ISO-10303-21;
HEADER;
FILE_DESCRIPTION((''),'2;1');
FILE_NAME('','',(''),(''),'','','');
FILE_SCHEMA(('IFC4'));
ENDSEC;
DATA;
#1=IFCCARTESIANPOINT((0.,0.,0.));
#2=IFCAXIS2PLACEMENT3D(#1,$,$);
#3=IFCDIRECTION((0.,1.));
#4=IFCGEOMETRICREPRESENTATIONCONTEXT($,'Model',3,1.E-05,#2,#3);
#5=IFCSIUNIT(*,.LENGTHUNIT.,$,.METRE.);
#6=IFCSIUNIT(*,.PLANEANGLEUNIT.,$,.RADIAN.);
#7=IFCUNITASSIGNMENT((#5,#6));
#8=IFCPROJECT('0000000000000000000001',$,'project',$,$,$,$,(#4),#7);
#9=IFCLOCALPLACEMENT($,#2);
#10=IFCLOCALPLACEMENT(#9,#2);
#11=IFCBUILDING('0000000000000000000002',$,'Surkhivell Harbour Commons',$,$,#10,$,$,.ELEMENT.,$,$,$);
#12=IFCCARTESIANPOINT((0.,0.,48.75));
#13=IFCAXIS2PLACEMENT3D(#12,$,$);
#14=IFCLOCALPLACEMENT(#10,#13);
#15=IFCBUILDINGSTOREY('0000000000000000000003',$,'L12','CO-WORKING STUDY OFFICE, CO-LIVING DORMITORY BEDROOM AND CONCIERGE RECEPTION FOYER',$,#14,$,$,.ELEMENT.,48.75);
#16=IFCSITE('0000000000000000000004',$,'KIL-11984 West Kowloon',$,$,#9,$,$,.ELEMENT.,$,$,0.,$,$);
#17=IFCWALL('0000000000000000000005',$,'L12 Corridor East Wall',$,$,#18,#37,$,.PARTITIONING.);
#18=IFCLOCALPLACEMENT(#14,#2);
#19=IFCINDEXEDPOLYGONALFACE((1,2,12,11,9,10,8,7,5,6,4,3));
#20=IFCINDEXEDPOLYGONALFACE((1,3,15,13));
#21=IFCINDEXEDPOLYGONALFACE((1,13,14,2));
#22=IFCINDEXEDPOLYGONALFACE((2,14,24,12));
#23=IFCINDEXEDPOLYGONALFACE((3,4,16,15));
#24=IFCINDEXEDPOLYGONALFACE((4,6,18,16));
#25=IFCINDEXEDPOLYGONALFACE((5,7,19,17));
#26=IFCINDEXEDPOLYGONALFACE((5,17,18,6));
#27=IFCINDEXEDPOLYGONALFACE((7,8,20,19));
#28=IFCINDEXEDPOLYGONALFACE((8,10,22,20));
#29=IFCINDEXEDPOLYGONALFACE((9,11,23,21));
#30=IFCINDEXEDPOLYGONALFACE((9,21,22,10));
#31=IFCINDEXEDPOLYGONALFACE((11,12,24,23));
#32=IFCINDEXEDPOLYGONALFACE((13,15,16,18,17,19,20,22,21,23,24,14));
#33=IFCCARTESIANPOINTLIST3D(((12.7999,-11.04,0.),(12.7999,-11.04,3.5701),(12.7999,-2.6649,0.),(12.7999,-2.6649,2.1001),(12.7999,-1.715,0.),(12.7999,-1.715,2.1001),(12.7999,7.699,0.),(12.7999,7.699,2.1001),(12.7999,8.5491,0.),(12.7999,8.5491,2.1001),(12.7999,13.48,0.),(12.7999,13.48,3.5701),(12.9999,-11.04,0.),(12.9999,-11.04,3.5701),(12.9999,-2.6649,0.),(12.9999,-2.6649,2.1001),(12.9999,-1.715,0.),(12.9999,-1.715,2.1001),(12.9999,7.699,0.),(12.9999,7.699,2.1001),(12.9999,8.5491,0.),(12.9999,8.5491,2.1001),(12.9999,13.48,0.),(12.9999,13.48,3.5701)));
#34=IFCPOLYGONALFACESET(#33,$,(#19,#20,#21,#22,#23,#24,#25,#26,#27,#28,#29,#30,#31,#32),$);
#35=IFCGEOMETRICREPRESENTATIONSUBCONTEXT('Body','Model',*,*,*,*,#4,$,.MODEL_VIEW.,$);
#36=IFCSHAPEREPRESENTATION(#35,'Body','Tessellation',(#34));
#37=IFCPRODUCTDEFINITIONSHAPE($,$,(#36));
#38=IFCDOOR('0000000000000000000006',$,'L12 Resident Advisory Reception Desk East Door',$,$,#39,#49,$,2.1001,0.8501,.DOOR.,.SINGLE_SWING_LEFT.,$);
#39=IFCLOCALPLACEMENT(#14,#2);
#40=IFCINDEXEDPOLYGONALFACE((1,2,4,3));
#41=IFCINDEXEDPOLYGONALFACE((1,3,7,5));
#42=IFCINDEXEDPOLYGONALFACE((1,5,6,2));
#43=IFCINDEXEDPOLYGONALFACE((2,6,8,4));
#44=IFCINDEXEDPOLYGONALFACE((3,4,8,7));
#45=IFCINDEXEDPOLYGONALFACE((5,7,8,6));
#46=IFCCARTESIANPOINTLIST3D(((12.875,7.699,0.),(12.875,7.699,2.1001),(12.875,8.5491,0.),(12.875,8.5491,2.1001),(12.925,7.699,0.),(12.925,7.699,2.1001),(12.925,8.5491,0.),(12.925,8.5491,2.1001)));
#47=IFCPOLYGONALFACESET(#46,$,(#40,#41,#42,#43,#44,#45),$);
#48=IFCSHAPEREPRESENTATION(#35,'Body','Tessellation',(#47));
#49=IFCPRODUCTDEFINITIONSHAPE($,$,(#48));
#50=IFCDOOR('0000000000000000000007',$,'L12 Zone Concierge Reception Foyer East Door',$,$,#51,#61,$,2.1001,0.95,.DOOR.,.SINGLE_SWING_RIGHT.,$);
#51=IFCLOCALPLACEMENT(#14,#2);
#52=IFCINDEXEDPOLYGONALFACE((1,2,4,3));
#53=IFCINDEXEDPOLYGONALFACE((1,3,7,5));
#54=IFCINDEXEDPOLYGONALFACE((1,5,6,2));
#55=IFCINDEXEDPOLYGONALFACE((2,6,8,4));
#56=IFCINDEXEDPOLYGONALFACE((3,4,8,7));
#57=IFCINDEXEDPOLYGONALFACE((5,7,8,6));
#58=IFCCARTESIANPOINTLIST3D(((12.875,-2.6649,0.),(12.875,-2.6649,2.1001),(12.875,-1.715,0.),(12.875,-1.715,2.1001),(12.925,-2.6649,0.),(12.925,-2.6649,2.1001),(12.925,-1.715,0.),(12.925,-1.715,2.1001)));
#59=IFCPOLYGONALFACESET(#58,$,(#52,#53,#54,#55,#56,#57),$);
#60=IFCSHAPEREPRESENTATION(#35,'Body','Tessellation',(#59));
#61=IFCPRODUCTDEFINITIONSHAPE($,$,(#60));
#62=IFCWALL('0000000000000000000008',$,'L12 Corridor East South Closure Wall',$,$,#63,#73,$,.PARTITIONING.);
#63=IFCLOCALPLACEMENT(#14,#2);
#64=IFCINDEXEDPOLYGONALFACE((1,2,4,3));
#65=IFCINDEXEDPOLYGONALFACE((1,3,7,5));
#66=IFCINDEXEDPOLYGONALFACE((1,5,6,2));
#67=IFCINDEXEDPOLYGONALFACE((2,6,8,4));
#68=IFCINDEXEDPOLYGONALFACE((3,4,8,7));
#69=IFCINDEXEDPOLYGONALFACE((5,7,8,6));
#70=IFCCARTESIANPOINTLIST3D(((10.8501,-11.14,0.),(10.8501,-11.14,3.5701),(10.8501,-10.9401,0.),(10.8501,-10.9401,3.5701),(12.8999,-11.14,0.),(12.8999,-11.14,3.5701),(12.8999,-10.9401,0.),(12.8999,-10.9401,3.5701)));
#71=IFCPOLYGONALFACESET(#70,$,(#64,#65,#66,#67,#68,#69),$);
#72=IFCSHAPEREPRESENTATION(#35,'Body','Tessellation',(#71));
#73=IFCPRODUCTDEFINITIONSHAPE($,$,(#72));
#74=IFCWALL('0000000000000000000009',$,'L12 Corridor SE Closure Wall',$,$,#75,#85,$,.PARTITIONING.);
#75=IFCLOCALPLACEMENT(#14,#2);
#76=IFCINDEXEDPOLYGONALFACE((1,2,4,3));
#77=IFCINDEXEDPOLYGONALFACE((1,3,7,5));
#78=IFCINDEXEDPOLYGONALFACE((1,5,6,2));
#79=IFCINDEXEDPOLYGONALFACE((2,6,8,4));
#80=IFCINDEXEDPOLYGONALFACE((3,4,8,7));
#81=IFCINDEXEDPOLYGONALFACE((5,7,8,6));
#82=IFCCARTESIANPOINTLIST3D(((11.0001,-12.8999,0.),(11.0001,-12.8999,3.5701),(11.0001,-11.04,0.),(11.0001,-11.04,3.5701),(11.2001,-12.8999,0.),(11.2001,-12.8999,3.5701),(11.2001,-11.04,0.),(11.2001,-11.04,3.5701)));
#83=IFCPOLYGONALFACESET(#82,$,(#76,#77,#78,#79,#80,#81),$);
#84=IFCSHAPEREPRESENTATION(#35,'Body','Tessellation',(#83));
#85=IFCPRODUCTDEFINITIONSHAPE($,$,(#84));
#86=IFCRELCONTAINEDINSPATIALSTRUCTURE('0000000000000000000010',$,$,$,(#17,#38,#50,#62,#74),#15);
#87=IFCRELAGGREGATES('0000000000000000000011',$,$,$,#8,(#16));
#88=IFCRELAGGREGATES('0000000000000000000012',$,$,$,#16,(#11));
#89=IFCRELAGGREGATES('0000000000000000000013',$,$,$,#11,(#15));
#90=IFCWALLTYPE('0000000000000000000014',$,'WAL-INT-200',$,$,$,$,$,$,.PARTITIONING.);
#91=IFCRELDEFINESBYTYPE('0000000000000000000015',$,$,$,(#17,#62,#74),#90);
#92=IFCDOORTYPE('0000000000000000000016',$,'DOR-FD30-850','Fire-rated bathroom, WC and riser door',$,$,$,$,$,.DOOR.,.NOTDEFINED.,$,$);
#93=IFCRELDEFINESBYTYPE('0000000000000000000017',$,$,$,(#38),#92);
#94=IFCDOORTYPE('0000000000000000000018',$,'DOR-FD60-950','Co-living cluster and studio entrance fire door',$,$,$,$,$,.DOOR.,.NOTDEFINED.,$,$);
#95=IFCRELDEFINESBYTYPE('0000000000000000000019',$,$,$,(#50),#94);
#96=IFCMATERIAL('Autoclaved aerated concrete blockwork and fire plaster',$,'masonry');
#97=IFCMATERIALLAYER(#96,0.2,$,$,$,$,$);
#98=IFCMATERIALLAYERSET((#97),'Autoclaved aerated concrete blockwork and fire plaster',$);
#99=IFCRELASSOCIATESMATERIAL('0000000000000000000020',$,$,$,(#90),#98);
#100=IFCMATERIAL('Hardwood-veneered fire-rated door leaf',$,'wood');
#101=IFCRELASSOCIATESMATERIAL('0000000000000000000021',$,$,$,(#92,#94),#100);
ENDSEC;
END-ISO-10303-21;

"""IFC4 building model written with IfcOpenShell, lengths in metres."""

from ifc_helpers import new_model, si_unit, direction, frame, frame_2d, origin, place, context, subcontext, project, spatial, rectangle, extrude, material, layer, layer_set, type_object, element, fill, save


model = new_model("IFC4")

# Units and contexts
model_context = context("Model", 3, precision=1e-05, world=origin(), true_north=direction((0.0, 1.0)))
body_context = subcontext(model_context, "Body", "Model", "MODEL_VIEW")
ifc_project = project(units=[si_unit("LENGTHUNIT", "METRE"), si_unit("PLANEANGLEUNIT", "RADIAN")], contexts=[model_context])

# Site, building, storey
site_placement = place(None, origin())
site = spatial("IfcSite", under=ifc_project, at=site_placement, Name="KIL-11984 West Kowloon", CompositionType="ELEMENT", RefElevation=0.0)
building_placement = place(site_placement, origin())
building = spatial("IfcBuilding", under=site, at=building_placement, Name="Surkhivell Harbour Commons", CompositionType="ELEMENT")
storey_placement = place(building_placement, frame((0.0, 0.0, 48.75)))
storey = spatial("IfcBuildingStorey", under=building, at=storey_placement, Name="L12", Description="CO-WORKING STUDY OFFICE, CO-LIVING DORMITORY BEDROOM AND CONCIERGE RECEPTION FOYER", CompositionType="ELEMENT", Elevation=48.75)

# Shared definitions
ifc_material_1 = material(Name="Hardwood-veneered fire-rated door leaf", Category="wood")

# Shared definitions
ifc_material_2 = material(Name="Autoclaved aerated concrete blockwork and fire plaster", Category="masonry")
ifc_layer_1 = layer(ifc_material_2, 0.2)
ifc_layer_set_1 = layer_set([ifc_layer_1], Name="Autoclaved aerated concrete blockwork and fire plaster")
wall_type_1 = type_object("IfcWallType", Name="WAL-INT-200", PredefinedType="PARTITIONING", material=ifc_layer_set_1)

# Wall, openings, doors
wall_1_placement = place(storey_placement, frame((12.8999, -11.04, 0.0), z_axis=(0.0, 0.0, 1.0), x_axis=(0.0, 1.0, 0.0)))
wall_1 = element("IfcWall", 1, at=wall_1_placement, inside=storey, type_object=wall_type_1, Name="L12 Corridor East Wall", PredefinedType="PARTITIONING", context=body_context, shape_type="SweptSolid", body=[
    extrude(rectangle(XDim=24.52, YDim=0.2, at=frame_2d((12.26, 0.0))), origin(), (0.0, 0.0, 1.0), 3.5701),
])
opening_1_placement = place(wall_1_placement, frame((8.375, 0.0, 0.0)))
opening_1 = element("IfcOpeningElement", 2, at=opening_1_placement, cuts=wall_1, PredefinedType="OPENING", context=body_context, shape_type="SweptSolid", body=[
    extrude(rectangle(XDim=0.95, YDim=2.1001, at=frame_2d((0.4751, 1.05))), frame((0.0, 0.1099, 0.0), z_axis=(0.0, -1.0, 0.0), x_axis=(1.0, 0.0, 0.0)), (0.0, 0.0, 1.0), 0.22),
])
opening_2_placement = place(wall_1_placement, frame((18.739, 0.0, 0.0)))
opening_2 = element("IfcOpeningElement", 3, at=opening_2_placement, cuts=wall_1, PredefinedType="OPENING", context=body_context, shape_type="SweptSolid", body=[
    extrude(rectangle(XDim=0.8501, YDim=2.1001, at=frame_2d((0.425, 1.05))), frame((0.0, 0.1099, 0.0), z_axis=(0.0, -1.0, 0.0), x_axis=(1.0, 0.0, 0.0)), (0.0, 0.0, 1.0), 0.22),
])
door_type_1 = type_object("IfcDoorType", Name="DOR-FD30-850", Description="Fire-rated bathroom, WC and riser door", OperationType="NOTDEFINED", PredefinedType="DOOR", material=ifc_material_1)
door_1_placement = place(opening_2_placement, origin())
door_1 = element("IfcDoor", 4, at=door_1_placement, inside=storey, type_object=door_type_1, Name="L12 Resident Advisory Reception Desk East Door", OperationType="SINGLE_SWING_LEFT", OverallHeight=2.1001, OverallWidth=0.8501, PredefinedType="DOOR", context=body_context, shape_type="SweptSolid", body=[
    extrude(rectangle(XDim=0.8501, YDim=2.1001, at=frame_2d((0.425, 1.05))), frame((0.0, 0.0249, 0.0), z_axis=(0.0, -1.0, 0.0), x_axis=(1.0, 0.0, 0.0)), (0.0, 0.0, 1.0), 0.05),
])
fill(opening_2, door_1)
door_type_2 = type_object("IfcDoorType", Name="DOR-FD60-950", Description="Co-living cluster and studio entrance fire door", OperationType="NOTDEFINED", PredefinedType="DOOR", material=ifc_material_1)
door_2_placement = place(opening_1_placement, origin())
door_2 = element("IfcDoor", 5, at=door_2_placement, inside=storey, type_object=door_type_2, Name="L12 Zone Concierge Reception Foyer East Door", OperationType="SINGLE_SWING_RIGHT", OverallHeight=2.1001, OverallWidth=0.95, PredefinedType="DOOR", context=body_context, shape_type="SweptSolid", body=[
    extrude(rectangle(XDim=0.95, YDim=2.1001, at=frame_2d((0.4751, 1.05))), frame((0.0, 0.0249, 0.0), z_axis=(0.0, -1.0, 0.0), x_axis=(1.0, 0.0, 0.0)), (0.0, 0.0, 1.0), 0.05),
])
fill(opening_1, door_2)

# Walls
wall_2_placement = place(storey_placement, frame((10.8501, -11.04, 0.0), z_axis=(0.0, 0.0, 1.0), x_axis=(1.0, 0.0, 0.0)))
element("IfcWall", 6, at=wall_2_placement, inside=storey, type_object=wall_type_1, Name="L12 Corridor East South Closure Wall", PredefinedType="PARTITIONING", context=body_context, shape_type="SweptSolid", body=[
    extrude(rectangle(XDim=2.0498, YDim=0.2, at=frame_2d((1.0249, 0.0))), origin(), (0.0, 0.0, 1.0), 3.5701),
])
wall_3_placement = place(storey_placement, frame((11.1001, -12.8999, 0.0), z_axis=(0.0, 0.0, 1.0), x_axis=(0.0, 1.0, 0.0)))
element("IfcWall", 7, at=wall_3_placement, inside=storey, type_object=wall_type_1, Name="L12 Corridor SE Closure Wall", PredefinedType="PARTITIONING", context=body_context, shape_type="SweptSolid", body=[
    extrude(rectangle(XDim=1.8599, YDim=0.2, at=frame_2d((0.9299, 0.0))), origin(), (0.0, 0.0, 1.0), 3.5701),
])

save(model, "model.ifc")
